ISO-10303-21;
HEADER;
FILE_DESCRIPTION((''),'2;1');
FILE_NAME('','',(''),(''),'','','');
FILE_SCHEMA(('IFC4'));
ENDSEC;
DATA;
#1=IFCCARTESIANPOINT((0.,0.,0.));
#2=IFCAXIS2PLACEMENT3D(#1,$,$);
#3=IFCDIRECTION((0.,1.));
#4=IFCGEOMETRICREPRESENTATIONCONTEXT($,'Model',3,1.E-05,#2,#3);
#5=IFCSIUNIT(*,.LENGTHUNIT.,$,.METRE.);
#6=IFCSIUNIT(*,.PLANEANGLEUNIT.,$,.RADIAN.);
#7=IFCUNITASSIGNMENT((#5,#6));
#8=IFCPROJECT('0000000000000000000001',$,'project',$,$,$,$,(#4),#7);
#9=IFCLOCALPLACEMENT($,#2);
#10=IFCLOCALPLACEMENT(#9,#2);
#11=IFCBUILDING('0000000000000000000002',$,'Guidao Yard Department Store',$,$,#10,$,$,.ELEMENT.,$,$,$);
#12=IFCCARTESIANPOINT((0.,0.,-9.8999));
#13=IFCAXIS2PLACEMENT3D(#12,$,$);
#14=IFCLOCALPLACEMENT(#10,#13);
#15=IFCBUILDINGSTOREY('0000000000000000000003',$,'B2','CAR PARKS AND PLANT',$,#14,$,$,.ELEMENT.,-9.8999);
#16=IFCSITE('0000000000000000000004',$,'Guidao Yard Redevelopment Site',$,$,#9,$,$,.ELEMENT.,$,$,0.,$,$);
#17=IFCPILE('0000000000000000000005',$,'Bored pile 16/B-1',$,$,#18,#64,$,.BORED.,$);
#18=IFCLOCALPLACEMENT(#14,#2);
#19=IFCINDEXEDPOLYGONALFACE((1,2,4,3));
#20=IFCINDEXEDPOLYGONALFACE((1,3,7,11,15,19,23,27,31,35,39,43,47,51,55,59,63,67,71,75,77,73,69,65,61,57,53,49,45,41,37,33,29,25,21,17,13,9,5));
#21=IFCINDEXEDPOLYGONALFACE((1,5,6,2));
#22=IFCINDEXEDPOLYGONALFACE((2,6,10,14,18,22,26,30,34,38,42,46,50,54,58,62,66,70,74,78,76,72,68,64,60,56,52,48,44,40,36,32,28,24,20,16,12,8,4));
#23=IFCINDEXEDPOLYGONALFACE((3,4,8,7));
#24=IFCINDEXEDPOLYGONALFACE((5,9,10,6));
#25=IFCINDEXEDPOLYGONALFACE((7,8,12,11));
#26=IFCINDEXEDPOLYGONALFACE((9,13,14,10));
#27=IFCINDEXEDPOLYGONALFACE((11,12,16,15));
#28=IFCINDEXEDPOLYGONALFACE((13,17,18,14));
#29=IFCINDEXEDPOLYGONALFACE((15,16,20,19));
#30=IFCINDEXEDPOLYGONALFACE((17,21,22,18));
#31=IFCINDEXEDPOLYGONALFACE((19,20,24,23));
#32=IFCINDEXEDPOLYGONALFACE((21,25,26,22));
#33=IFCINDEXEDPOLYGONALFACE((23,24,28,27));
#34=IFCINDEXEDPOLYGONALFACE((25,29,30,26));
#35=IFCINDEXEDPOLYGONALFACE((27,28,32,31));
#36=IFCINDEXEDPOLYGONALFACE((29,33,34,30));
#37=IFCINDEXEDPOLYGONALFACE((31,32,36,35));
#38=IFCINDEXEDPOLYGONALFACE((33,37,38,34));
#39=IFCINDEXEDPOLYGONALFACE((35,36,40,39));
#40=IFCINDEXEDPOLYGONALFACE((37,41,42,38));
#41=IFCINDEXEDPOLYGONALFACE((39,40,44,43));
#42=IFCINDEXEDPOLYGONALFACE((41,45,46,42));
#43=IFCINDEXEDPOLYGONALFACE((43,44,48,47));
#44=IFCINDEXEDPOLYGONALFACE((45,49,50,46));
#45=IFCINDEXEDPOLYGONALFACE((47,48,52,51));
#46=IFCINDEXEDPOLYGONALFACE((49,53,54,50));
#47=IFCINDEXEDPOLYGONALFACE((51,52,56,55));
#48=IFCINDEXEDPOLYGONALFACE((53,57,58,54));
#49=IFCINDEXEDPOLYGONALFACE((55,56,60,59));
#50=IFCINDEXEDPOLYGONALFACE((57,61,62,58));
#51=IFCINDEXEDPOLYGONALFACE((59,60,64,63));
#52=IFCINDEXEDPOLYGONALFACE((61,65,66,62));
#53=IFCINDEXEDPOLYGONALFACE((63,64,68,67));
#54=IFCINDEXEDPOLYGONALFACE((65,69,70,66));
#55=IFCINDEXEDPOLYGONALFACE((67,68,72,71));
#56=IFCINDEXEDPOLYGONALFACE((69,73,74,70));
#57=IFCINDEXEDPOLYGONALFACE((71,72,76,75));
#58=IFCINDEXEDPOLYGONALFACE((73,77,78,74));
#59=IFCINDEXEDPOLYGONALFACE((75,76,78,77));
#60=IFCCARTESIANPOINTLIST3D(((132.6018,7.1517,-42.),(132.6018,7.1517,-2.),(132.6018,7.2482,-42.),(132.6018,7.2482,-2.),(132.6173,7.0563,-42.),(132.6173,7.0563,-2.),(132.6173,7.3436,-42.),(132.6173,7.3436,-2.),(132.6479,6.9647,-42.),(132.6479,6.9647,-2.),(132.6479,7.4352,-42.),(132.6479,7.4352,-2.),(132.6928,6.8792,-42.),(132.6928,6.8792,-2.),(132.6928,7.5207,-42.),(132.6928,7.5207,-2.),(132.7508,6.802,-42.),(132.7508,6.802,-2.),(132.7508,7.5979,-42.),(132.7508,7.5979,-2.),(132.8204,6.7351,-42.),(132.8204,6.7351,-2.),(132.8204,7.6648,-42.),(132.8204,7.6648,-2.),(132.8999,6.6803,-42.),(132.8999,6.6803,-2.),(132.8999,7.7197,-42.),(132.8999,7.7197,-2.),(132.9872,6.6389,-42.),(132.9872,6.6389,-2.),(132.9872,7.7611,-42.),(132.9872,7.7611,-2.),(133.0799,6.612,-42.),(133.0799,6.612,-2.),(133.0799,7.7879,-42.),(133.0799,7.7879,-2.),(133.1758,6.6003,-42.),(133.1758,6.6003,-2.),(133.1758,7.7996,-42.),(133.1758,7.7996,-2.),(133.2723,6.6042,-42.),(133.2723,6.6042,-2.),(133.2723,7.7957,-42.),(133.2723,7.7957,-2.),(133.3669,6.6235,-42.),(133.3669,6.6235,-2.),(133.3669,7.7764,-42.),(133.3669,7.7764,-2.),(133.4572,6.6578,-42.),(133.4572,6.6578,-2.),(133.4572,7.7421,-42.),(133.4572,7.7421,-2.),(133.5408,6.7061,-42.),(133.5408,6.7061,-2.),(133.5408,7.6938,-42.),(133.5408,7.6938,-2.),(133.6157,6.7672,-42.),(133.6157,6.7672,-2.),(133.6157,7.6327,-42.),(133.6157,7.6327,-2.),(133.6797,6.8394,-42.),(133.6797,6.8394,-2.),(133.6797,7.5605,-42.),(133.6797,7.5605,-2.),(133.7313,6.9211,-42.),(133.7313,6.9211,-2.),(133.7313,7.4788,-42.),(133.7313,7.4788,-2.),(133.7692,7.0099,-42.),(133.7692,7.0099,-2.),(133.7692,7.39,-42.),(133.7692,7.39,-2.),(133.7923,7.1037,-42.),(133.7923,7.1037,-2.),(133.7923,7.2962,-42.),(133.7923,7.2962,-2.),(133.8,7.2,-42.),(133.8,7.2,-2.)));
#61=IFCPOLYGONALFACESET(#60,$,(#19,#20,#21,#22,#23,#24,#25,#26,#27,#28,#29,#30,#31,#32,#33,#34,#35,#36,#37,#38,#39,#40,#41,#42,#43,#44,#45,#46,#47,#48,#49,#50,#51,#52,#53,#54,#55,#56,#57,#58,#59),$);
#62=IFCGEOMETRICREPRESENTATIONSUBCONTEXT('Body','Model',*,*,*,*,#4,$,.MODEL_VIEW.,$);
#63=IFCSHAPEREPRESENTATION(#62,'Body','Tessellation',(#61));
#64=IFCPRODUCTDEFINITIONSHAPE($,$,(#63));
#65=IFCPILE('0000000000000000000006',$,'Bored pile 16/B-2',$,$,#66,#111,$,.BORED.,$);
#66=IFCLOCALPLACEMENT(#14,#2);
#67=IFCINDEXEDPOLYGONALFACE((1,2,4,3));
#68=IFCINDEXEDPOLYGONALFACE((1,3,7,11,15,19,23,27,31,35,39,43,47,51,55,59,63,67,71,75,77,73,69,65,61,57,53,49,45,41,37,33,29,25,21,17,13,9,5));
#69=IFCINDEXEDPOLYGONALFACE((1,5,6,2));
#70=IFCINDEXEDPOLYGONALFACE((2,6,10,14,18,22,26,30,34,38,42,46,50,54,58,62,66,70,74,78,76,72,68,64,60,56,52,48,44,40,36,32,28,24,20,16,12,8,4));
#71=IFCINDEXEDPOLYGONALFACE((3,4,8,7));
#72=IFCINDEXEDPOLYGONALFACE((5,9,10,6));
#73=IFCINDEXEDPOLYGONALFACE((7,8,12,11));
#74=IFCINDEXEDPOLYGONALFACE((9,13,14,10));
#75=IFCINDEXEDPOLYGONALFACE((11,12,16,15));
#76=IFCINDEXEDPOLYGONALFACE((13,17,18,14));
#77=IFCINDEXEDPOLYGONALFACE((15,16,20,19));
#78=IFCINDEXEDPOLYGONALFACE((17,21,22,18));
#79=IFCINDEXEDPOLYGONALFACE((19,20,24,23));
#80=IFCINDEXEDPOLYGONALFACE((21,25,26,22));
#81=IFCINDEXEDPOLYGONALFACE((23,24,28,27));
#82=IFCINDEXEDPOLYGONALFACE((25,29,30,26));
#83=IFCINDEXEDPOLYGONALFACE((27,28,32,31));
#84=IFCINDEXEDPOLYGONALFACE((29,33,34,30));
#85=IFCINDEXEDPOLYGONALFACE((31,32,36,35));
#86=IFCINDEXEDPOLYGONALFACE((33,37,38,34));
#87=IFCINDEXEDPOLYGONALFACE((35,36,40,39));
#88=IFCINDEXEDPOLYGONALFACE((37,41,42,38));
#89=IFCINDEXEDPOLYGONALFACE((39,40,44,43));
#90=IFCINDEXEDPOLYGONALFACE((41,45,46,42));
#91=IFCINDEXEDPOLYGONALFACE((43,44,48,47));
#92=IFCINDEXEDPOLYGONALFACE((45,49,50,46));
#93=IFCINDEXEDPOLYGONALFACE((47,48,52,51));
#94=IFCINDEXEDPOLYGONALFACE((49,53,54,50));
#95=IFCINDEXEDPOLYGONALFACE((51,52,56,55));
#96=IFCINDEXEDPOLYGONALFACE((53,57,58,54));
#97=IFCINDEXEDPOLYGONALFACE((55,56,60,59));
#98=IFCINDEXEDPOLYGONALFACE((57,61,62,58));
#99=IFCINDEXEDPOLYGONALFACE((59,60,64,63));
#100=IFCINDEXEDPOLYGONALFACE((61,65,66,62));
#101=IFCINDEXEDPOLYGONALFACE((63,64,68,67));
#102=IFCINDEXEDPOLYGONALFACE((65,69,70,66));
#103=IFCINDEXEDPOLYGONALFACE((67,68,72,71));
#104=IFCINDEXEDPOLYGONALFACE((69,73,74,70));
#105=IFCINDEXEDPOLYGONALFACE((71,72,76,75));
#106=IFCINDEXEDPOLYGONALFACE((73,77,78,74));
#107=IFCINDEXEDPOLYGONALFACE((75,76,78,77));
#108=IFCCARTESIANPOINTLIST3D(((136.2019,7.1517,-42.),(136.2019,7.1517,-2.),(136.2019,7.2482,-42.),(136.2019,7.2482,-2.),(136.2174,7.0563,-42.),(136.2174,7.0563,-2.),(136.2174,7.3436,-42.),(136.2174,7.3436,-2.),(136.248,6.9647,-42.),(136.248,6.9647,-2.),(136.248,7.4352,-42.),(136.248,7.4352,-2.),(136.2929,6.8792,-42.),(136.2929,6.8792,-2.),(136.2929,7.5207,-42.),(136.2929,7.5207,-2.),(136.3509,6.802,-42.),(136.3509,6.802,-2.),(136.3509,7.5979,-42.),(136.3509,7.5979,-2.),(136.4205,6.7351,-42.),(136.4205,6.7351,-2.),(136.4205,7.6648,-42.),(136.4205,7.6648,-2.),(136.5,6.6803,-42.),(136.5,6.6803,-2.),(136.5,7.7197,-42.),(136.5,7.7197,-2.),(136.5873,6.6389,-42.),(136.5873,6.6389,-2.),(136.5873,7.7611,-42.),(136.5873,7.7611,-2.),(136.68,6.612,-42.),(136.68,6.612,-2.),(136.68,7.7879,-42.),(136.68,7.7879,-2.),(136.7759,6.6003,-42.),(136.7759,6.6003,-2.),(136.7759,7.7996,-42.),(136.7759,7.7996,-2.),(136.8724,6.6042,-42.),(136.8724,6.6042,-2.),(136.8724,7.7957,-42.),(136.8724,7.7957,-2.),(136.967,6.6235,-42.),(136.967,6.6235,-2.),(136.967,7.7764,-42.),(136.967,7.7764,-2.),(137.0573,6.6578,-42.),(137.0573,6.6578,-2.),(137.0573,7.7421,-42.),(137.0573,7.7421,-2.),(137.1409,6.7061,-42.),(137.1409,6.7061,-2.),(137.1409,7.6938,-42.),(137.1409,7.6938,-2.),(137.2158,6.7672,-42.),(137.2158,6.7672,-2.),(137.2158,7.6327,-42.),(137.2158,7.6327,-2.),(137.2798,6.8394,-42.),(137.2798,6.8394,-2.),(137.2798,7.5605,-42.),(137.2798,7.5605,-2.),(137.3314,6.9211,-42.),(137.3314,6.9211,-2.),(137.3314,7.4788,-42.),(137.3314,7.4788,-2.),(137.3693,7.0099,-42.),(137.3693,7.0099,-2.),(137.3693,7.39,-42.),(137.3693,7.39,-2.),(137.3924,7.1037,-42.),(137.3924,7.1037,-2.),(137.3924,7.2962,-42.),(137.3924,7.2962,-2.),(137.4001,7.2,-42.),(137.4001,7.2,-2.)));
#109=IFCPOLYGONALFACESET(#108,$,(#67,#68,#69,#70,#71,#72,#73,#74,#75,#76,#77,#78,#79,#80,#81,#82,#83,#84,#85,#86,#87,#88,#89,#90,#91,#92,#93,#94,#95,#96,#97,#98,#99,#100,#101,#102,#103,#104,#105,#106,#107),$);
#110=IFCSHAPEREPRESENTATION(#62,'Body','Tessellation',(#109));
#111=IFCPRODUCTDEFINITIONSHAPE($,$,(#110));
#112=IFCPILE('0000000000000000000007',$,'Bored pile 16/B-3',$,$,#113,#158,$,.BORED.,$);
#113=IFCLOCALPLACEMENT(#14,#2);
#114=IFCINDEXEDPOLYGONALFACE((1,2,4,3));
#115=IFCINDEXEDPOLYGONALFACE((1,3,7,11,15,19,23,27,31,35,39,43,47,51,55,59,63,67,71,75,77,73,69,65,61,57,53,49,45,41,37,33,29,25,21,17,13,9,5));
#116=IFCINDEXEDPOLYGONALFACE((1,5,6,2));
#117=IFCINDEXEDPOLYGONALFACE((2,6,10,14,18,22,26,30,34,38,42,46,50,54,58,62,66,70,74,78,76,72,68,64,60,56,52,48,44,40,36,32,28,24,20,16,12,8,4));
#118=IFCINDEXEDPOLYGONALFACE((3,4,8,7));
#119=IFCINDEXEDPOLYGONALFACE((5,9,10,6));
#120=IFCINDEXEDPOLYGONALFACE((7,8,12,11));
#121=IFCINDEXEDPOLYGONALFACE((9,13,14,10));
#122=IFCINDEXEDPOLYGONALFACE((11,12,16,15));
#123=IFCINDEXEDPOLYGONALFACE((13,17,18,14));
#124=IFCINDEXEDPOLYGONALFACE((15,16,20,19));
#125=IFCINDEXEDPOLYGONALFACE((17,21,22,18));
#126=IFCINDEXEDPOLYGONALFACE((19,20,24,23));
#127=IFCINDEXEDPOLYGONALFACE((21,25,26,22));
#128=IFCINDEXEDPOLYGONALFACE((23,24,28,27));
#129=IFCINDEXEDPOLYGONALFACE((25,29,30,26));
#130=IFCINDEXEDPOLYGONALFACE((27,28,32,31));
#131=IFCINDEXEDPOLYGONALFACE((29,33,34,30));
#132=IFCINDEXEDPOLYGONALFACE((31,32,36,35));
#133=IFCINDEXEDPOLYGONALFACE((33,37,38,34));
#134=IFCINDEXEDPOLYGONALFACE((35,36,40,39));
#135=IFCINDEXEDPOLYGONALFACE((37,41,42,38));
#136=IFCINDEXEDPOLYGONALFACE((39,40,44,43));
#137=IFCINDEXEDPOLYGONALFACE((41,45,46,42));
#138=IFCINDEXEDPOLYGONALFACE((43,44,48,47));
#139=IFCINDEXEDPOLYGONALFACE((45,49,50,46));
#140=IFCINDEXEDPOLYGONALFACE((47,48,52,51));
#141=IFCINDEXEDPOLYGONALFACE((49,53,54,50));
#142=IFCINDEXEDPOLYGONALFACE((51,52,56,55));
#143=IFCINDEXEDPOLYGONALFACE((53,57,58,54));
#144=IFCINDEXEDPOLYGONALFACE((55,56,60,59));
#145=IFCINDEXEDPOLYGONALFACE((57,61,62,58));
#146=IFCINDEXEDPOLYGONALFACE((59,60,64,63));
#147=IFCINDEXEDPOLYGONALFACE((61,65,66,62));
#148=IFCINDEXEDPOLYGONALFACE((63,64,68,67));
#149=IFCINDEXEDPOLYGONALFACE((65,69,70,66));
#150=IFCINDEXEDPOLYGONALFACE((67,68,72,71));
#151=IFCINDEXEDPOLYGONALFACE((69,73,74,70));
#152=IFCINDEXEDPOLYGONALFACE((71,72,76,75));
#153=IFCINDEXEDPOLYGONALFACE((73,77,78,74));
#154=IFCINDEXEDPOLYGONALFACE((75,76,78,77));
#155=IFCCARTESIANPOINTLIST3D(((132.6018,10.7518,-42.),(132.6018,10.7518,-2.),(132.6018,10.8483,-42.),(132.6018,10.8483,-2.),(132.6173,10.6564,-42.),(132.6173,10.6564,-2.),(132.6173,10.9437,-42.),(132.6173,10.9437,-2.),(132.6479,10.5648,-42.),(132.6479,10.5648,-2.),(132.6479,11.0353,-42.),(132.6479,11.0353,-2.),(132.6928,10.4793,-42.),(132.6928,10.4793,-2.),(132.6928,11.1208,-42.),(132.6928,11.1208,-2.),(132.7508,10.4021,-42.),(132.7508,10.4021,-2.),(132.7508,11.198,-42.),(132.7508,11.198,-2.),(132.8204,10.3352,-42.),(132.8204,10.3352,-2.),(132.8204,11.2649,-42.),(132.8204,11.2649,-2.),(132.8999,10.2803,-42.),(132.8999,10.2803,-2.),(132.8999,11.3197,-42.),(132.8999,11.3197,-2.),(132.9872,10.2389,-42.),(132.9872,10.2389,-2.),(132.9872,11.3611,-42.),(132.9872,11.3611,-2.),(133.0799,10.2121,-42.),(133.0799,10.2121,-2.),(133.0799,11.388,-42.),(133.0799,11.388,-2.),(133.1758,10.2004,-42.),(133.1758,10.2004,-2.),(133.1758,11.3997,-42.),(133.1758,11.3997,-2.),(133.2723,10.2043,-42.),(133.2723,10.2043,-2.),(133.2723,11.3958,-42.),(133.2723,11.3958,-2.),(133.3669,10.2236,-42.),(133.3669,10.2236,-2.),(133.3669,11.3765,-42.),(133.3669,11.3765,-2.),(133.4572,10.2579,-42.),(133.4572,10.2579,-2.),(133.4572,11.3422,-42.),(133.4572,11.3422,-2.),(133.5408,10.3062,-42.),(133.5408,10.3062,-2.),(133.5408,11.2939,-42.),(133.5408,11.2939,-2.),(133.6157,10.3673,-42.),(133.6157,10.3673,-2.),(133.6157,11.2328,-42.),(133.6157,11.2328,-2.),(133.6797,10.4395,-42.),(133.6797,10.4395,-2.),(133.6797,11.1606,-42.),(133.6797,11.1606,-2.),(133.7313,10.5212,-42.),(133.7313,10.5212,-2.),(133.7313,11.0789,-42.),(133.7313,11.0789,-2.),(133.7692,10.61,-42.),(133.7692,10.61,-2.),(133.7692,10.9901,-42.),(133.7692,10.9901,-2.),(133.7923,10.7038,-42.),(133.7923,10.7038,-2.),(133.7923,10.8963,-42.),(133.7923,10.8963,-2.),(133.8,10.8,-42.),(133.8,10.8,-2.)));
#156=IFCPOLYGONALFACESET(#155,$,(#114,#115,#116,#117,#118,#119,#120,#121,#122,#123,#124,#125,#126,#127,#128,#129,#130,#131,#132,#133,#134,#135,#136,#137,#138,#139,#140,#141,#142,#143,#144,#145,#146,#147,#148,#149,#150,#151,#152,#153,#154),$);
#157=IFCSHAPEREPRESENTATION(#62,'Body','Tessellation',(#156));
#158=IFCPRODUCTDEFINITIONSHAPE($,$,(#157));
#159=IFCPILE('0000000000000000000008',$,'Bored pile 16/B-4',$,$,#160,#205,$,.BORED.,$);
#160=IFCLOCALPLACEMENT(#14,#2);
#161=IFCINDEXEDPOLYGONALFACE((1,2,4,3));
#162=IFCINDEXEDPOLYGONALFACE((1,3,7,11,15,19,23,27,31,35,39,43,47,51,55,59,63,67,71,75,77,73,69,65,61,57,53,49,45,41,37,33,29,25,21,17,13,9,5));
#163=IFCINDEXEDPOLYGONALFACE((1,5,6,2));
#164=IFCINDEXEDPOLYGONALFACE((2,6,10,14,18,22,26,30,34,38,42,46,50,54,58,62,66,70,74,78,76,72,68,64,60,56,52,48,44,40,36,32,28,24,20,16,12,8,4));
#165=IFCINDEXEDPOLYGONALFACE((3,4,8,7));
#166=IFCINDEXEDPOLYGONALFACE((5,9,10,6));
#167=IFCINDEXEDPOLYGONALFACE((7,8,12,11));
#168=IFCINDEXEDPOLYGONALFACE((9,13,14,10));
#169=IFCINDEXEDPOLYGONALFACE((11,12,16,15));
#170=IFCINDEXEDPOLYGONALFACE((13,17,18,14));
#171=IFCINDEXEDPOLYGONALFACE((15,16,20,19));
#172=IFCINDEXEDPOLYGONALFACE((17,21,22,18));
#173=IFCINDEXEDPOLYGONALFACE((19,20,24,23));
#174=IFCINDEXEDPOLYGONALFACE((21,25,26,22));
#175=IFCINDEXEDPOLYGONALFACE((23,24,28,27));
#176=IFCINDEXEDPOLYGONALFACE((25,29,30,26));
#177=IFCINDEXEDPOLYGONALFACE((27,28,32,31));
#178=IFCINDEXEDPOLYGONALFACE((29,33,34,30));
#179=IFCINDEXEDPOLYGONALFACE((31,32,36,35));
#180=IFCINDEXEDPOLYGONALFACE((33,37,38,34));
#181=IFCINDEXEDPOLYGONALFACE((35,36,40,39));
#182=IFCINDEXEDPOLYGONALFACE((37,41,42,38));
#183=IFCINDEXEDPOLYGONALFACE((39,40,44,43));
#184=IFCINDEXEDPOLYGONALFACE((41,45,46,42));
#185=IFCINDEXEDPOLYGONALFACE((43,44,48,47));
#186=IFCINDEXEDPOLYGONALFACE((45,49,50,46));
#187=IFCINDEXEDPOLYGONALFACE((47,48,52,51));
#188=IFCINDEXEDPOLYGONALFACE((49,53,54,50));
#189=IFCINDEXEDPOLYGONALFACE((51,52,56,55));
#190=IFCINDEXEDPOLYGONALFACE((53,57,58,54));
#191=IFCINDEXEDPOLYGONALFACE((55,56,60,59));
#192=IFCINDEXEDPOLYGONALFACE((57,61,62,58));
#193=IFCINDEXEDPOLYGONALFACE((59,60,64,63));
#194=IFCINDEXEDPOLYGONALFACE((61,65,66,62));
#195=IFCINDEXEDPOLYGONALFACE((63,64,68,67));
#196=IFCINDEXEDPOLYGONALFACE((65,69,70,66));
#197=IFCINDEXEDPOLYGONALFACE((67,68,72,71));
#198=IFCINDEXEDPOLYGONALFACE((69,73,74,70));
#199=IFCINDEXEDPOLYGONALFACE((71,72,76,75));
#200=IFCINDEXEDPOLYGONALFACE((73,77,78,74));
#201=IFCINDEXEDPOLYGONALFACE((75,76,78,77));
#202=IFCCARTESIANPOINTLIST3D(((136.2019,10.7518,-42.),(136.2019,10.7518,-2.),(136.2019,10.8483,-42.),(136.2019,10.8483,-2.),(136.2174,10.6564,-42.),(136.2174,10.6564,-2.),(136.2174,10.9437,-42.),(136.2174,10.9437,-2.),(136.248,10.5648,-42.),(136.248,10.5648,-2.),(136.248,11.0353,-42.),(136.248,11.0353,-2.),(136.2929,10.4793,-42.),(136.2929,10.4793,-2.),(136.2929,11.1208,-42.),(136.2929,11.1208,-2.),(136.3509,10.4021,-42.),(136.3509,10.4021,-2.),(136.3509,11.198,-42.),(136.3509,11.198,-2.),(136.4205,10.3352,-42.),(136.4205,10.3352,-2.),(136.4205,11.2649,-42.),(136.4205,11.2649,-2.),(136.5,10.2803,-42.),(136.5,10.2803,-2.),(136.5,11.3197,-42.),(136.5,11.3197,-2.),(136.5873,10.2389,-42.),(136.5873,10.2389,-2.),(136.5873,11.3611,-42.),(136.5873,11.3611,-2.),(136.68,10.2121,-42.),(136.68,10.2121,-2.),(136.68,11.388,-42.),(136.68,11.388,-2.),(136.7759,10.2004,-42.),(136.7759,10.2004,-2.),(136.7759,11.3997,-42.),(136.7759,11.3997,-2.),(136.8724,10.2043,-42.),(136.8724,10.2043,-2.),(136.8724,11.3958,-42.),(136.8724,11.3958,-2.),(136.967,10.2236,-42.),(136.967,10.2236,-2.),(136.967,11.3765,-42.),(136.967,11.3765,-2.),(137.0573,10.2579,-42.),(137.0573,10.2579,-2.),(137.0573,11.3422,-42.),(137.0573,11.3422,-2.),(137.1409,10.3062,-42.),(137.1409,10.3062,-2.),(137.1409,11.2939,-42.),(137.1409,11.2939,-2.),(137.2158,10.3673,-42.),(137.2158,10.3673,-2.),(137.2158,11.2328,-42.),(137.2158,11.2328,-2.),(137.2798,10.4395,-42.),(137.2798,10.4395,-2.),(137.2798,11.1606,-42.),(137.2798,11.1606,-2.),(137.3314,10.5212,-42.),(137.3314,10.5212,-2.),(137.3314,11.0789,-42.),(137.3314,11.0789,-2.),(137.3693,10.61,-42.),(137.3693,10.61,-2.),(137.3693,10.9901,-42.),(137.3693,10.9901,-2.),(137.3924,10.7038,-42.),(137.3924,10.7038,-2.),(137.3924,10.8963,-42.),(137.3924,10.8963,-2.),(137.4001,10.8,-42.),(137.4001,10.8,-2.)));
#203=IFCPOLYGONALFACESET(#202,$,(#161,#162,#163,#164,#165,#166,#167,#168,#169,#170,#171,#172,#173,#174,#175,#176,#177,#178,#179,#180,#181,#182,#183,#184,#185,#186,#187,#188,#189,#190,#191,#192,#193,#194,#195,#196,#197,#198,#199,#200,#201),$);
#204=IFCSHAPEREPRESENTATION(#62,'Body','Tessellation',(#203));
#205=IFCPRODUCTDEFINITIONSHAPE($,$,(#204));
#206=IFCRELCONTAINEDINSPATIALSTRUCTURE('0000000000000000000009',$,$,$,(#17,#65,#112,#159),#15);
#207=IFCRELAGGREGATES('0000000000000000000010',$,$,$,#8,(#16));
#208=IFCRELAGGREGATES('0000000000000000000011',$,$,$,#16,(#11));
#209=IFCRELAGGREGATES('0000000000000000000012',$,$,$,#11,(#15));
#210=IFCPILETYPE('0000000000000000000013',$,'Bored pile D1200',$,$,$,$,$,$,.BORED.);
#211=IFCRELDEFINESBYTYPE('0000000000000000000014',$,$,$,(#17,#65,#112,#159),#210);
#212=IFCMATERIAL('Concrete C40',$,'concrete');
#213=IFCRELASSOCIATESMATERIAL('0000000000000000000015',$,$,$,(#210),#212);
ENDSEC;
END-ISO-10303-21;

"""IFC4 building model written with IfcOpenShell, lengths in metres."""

from ifc_helpers import new_model, si_unit, direction, frame, origin, origin_2d, place, context, subcontext, project, spatial, circle, extrude, material, material_profile, profile_set, type_object, element, save


model = new_model("IFC4")

# Units and contexts
model_context = context("Model", 3, precision=1e-05, world=origin(), true_north=direction((0.0, 1.0)))
body_context = subcontext(model_context, "Body", "Model", "MODEL_VIEW")
ifc_project = project(units=[si_unit("LENGTHUNIT", "METRE"), si_unit("PLANEANGLEUNIT", "RADIAN")], contexts=[model_context])

# Site, building, storey
site_placement = place(None, origin())
site = spatial("IfcSite", under=ifc_project, at=site_placement, Name="Guidao Yard Redevelopment Site", CompositionType="ELEMENT", RefElevation=0.0)
building_placement = place(site_placement, origin())
building = spatial("IfcBuilding", under=site, at=building_placement, Name="Guidao Yard Department Store", CompositionType="ELEMENT")
storey_placement = place(building_placement, frame((0.0, 0.0, -9.8999)))
storey = spatial("IfcBuildingStorey", under=building, at=storey_placement, Name="B2", Description="CAR PARKS AND PLANT", CompositionType="ELEMENT", Elevation=-9.8999)

# Piles
ifc_material_1 = material(Name="Concrete C40", Category="concrete")
ifc_material_profile_1 = material_profile(ifc_material_1, circle(Radius=0.6001, at=origin_2d()), Name="Bored pile D1200")
ifc_profile_set_1 = profile_set([ifc_material_profile_1], Name="Concrete C40")
pile_type = type_object("IfcPileType", Name="Bored pile D1200", PredefinedType="BORED", material=ifc_profile_set_1)
for number, where, z_axis, x_axis, name in (
    (1, (133.2, 7.2, -2.0), (0.0, 0.0, -1.0), (1.0, 0.0, 0.0), "Bored pile 16/B-1"),
    (2, (136.8, 7.2, -2.0), (0.0, 0.0, -1.0), (1.0, 0.0, 0.0), "Bored pile 16/B-2"),
    (3, (133.2, 10.8, -2.0), (0.0, 0.0, -1.0), (1.0, 0.0, 0.0), "Bored pile 16/B-3"),
    (4, (136.8, 10.8, -2.0), (0.0, 0.0, -1.0), (1.0, 0.0, 0.0), "Bored pile 16/B-4"),
):
    element("IfcPile", number, at=place(storey_placement, frame(where, z_axis=z_axis, x_axis=x_axis)), inside=storey, type_object=pile_type, Name=name, PredefinedType="BORED", context=body_context, shape_type="SweptSolid", body=[
        extrude(circle(Radius=0.6001, at=origin_2d()), origin(), (0.0, 0.0, 1.0), 40.0),
    ])

save(model, "model.ifc")
